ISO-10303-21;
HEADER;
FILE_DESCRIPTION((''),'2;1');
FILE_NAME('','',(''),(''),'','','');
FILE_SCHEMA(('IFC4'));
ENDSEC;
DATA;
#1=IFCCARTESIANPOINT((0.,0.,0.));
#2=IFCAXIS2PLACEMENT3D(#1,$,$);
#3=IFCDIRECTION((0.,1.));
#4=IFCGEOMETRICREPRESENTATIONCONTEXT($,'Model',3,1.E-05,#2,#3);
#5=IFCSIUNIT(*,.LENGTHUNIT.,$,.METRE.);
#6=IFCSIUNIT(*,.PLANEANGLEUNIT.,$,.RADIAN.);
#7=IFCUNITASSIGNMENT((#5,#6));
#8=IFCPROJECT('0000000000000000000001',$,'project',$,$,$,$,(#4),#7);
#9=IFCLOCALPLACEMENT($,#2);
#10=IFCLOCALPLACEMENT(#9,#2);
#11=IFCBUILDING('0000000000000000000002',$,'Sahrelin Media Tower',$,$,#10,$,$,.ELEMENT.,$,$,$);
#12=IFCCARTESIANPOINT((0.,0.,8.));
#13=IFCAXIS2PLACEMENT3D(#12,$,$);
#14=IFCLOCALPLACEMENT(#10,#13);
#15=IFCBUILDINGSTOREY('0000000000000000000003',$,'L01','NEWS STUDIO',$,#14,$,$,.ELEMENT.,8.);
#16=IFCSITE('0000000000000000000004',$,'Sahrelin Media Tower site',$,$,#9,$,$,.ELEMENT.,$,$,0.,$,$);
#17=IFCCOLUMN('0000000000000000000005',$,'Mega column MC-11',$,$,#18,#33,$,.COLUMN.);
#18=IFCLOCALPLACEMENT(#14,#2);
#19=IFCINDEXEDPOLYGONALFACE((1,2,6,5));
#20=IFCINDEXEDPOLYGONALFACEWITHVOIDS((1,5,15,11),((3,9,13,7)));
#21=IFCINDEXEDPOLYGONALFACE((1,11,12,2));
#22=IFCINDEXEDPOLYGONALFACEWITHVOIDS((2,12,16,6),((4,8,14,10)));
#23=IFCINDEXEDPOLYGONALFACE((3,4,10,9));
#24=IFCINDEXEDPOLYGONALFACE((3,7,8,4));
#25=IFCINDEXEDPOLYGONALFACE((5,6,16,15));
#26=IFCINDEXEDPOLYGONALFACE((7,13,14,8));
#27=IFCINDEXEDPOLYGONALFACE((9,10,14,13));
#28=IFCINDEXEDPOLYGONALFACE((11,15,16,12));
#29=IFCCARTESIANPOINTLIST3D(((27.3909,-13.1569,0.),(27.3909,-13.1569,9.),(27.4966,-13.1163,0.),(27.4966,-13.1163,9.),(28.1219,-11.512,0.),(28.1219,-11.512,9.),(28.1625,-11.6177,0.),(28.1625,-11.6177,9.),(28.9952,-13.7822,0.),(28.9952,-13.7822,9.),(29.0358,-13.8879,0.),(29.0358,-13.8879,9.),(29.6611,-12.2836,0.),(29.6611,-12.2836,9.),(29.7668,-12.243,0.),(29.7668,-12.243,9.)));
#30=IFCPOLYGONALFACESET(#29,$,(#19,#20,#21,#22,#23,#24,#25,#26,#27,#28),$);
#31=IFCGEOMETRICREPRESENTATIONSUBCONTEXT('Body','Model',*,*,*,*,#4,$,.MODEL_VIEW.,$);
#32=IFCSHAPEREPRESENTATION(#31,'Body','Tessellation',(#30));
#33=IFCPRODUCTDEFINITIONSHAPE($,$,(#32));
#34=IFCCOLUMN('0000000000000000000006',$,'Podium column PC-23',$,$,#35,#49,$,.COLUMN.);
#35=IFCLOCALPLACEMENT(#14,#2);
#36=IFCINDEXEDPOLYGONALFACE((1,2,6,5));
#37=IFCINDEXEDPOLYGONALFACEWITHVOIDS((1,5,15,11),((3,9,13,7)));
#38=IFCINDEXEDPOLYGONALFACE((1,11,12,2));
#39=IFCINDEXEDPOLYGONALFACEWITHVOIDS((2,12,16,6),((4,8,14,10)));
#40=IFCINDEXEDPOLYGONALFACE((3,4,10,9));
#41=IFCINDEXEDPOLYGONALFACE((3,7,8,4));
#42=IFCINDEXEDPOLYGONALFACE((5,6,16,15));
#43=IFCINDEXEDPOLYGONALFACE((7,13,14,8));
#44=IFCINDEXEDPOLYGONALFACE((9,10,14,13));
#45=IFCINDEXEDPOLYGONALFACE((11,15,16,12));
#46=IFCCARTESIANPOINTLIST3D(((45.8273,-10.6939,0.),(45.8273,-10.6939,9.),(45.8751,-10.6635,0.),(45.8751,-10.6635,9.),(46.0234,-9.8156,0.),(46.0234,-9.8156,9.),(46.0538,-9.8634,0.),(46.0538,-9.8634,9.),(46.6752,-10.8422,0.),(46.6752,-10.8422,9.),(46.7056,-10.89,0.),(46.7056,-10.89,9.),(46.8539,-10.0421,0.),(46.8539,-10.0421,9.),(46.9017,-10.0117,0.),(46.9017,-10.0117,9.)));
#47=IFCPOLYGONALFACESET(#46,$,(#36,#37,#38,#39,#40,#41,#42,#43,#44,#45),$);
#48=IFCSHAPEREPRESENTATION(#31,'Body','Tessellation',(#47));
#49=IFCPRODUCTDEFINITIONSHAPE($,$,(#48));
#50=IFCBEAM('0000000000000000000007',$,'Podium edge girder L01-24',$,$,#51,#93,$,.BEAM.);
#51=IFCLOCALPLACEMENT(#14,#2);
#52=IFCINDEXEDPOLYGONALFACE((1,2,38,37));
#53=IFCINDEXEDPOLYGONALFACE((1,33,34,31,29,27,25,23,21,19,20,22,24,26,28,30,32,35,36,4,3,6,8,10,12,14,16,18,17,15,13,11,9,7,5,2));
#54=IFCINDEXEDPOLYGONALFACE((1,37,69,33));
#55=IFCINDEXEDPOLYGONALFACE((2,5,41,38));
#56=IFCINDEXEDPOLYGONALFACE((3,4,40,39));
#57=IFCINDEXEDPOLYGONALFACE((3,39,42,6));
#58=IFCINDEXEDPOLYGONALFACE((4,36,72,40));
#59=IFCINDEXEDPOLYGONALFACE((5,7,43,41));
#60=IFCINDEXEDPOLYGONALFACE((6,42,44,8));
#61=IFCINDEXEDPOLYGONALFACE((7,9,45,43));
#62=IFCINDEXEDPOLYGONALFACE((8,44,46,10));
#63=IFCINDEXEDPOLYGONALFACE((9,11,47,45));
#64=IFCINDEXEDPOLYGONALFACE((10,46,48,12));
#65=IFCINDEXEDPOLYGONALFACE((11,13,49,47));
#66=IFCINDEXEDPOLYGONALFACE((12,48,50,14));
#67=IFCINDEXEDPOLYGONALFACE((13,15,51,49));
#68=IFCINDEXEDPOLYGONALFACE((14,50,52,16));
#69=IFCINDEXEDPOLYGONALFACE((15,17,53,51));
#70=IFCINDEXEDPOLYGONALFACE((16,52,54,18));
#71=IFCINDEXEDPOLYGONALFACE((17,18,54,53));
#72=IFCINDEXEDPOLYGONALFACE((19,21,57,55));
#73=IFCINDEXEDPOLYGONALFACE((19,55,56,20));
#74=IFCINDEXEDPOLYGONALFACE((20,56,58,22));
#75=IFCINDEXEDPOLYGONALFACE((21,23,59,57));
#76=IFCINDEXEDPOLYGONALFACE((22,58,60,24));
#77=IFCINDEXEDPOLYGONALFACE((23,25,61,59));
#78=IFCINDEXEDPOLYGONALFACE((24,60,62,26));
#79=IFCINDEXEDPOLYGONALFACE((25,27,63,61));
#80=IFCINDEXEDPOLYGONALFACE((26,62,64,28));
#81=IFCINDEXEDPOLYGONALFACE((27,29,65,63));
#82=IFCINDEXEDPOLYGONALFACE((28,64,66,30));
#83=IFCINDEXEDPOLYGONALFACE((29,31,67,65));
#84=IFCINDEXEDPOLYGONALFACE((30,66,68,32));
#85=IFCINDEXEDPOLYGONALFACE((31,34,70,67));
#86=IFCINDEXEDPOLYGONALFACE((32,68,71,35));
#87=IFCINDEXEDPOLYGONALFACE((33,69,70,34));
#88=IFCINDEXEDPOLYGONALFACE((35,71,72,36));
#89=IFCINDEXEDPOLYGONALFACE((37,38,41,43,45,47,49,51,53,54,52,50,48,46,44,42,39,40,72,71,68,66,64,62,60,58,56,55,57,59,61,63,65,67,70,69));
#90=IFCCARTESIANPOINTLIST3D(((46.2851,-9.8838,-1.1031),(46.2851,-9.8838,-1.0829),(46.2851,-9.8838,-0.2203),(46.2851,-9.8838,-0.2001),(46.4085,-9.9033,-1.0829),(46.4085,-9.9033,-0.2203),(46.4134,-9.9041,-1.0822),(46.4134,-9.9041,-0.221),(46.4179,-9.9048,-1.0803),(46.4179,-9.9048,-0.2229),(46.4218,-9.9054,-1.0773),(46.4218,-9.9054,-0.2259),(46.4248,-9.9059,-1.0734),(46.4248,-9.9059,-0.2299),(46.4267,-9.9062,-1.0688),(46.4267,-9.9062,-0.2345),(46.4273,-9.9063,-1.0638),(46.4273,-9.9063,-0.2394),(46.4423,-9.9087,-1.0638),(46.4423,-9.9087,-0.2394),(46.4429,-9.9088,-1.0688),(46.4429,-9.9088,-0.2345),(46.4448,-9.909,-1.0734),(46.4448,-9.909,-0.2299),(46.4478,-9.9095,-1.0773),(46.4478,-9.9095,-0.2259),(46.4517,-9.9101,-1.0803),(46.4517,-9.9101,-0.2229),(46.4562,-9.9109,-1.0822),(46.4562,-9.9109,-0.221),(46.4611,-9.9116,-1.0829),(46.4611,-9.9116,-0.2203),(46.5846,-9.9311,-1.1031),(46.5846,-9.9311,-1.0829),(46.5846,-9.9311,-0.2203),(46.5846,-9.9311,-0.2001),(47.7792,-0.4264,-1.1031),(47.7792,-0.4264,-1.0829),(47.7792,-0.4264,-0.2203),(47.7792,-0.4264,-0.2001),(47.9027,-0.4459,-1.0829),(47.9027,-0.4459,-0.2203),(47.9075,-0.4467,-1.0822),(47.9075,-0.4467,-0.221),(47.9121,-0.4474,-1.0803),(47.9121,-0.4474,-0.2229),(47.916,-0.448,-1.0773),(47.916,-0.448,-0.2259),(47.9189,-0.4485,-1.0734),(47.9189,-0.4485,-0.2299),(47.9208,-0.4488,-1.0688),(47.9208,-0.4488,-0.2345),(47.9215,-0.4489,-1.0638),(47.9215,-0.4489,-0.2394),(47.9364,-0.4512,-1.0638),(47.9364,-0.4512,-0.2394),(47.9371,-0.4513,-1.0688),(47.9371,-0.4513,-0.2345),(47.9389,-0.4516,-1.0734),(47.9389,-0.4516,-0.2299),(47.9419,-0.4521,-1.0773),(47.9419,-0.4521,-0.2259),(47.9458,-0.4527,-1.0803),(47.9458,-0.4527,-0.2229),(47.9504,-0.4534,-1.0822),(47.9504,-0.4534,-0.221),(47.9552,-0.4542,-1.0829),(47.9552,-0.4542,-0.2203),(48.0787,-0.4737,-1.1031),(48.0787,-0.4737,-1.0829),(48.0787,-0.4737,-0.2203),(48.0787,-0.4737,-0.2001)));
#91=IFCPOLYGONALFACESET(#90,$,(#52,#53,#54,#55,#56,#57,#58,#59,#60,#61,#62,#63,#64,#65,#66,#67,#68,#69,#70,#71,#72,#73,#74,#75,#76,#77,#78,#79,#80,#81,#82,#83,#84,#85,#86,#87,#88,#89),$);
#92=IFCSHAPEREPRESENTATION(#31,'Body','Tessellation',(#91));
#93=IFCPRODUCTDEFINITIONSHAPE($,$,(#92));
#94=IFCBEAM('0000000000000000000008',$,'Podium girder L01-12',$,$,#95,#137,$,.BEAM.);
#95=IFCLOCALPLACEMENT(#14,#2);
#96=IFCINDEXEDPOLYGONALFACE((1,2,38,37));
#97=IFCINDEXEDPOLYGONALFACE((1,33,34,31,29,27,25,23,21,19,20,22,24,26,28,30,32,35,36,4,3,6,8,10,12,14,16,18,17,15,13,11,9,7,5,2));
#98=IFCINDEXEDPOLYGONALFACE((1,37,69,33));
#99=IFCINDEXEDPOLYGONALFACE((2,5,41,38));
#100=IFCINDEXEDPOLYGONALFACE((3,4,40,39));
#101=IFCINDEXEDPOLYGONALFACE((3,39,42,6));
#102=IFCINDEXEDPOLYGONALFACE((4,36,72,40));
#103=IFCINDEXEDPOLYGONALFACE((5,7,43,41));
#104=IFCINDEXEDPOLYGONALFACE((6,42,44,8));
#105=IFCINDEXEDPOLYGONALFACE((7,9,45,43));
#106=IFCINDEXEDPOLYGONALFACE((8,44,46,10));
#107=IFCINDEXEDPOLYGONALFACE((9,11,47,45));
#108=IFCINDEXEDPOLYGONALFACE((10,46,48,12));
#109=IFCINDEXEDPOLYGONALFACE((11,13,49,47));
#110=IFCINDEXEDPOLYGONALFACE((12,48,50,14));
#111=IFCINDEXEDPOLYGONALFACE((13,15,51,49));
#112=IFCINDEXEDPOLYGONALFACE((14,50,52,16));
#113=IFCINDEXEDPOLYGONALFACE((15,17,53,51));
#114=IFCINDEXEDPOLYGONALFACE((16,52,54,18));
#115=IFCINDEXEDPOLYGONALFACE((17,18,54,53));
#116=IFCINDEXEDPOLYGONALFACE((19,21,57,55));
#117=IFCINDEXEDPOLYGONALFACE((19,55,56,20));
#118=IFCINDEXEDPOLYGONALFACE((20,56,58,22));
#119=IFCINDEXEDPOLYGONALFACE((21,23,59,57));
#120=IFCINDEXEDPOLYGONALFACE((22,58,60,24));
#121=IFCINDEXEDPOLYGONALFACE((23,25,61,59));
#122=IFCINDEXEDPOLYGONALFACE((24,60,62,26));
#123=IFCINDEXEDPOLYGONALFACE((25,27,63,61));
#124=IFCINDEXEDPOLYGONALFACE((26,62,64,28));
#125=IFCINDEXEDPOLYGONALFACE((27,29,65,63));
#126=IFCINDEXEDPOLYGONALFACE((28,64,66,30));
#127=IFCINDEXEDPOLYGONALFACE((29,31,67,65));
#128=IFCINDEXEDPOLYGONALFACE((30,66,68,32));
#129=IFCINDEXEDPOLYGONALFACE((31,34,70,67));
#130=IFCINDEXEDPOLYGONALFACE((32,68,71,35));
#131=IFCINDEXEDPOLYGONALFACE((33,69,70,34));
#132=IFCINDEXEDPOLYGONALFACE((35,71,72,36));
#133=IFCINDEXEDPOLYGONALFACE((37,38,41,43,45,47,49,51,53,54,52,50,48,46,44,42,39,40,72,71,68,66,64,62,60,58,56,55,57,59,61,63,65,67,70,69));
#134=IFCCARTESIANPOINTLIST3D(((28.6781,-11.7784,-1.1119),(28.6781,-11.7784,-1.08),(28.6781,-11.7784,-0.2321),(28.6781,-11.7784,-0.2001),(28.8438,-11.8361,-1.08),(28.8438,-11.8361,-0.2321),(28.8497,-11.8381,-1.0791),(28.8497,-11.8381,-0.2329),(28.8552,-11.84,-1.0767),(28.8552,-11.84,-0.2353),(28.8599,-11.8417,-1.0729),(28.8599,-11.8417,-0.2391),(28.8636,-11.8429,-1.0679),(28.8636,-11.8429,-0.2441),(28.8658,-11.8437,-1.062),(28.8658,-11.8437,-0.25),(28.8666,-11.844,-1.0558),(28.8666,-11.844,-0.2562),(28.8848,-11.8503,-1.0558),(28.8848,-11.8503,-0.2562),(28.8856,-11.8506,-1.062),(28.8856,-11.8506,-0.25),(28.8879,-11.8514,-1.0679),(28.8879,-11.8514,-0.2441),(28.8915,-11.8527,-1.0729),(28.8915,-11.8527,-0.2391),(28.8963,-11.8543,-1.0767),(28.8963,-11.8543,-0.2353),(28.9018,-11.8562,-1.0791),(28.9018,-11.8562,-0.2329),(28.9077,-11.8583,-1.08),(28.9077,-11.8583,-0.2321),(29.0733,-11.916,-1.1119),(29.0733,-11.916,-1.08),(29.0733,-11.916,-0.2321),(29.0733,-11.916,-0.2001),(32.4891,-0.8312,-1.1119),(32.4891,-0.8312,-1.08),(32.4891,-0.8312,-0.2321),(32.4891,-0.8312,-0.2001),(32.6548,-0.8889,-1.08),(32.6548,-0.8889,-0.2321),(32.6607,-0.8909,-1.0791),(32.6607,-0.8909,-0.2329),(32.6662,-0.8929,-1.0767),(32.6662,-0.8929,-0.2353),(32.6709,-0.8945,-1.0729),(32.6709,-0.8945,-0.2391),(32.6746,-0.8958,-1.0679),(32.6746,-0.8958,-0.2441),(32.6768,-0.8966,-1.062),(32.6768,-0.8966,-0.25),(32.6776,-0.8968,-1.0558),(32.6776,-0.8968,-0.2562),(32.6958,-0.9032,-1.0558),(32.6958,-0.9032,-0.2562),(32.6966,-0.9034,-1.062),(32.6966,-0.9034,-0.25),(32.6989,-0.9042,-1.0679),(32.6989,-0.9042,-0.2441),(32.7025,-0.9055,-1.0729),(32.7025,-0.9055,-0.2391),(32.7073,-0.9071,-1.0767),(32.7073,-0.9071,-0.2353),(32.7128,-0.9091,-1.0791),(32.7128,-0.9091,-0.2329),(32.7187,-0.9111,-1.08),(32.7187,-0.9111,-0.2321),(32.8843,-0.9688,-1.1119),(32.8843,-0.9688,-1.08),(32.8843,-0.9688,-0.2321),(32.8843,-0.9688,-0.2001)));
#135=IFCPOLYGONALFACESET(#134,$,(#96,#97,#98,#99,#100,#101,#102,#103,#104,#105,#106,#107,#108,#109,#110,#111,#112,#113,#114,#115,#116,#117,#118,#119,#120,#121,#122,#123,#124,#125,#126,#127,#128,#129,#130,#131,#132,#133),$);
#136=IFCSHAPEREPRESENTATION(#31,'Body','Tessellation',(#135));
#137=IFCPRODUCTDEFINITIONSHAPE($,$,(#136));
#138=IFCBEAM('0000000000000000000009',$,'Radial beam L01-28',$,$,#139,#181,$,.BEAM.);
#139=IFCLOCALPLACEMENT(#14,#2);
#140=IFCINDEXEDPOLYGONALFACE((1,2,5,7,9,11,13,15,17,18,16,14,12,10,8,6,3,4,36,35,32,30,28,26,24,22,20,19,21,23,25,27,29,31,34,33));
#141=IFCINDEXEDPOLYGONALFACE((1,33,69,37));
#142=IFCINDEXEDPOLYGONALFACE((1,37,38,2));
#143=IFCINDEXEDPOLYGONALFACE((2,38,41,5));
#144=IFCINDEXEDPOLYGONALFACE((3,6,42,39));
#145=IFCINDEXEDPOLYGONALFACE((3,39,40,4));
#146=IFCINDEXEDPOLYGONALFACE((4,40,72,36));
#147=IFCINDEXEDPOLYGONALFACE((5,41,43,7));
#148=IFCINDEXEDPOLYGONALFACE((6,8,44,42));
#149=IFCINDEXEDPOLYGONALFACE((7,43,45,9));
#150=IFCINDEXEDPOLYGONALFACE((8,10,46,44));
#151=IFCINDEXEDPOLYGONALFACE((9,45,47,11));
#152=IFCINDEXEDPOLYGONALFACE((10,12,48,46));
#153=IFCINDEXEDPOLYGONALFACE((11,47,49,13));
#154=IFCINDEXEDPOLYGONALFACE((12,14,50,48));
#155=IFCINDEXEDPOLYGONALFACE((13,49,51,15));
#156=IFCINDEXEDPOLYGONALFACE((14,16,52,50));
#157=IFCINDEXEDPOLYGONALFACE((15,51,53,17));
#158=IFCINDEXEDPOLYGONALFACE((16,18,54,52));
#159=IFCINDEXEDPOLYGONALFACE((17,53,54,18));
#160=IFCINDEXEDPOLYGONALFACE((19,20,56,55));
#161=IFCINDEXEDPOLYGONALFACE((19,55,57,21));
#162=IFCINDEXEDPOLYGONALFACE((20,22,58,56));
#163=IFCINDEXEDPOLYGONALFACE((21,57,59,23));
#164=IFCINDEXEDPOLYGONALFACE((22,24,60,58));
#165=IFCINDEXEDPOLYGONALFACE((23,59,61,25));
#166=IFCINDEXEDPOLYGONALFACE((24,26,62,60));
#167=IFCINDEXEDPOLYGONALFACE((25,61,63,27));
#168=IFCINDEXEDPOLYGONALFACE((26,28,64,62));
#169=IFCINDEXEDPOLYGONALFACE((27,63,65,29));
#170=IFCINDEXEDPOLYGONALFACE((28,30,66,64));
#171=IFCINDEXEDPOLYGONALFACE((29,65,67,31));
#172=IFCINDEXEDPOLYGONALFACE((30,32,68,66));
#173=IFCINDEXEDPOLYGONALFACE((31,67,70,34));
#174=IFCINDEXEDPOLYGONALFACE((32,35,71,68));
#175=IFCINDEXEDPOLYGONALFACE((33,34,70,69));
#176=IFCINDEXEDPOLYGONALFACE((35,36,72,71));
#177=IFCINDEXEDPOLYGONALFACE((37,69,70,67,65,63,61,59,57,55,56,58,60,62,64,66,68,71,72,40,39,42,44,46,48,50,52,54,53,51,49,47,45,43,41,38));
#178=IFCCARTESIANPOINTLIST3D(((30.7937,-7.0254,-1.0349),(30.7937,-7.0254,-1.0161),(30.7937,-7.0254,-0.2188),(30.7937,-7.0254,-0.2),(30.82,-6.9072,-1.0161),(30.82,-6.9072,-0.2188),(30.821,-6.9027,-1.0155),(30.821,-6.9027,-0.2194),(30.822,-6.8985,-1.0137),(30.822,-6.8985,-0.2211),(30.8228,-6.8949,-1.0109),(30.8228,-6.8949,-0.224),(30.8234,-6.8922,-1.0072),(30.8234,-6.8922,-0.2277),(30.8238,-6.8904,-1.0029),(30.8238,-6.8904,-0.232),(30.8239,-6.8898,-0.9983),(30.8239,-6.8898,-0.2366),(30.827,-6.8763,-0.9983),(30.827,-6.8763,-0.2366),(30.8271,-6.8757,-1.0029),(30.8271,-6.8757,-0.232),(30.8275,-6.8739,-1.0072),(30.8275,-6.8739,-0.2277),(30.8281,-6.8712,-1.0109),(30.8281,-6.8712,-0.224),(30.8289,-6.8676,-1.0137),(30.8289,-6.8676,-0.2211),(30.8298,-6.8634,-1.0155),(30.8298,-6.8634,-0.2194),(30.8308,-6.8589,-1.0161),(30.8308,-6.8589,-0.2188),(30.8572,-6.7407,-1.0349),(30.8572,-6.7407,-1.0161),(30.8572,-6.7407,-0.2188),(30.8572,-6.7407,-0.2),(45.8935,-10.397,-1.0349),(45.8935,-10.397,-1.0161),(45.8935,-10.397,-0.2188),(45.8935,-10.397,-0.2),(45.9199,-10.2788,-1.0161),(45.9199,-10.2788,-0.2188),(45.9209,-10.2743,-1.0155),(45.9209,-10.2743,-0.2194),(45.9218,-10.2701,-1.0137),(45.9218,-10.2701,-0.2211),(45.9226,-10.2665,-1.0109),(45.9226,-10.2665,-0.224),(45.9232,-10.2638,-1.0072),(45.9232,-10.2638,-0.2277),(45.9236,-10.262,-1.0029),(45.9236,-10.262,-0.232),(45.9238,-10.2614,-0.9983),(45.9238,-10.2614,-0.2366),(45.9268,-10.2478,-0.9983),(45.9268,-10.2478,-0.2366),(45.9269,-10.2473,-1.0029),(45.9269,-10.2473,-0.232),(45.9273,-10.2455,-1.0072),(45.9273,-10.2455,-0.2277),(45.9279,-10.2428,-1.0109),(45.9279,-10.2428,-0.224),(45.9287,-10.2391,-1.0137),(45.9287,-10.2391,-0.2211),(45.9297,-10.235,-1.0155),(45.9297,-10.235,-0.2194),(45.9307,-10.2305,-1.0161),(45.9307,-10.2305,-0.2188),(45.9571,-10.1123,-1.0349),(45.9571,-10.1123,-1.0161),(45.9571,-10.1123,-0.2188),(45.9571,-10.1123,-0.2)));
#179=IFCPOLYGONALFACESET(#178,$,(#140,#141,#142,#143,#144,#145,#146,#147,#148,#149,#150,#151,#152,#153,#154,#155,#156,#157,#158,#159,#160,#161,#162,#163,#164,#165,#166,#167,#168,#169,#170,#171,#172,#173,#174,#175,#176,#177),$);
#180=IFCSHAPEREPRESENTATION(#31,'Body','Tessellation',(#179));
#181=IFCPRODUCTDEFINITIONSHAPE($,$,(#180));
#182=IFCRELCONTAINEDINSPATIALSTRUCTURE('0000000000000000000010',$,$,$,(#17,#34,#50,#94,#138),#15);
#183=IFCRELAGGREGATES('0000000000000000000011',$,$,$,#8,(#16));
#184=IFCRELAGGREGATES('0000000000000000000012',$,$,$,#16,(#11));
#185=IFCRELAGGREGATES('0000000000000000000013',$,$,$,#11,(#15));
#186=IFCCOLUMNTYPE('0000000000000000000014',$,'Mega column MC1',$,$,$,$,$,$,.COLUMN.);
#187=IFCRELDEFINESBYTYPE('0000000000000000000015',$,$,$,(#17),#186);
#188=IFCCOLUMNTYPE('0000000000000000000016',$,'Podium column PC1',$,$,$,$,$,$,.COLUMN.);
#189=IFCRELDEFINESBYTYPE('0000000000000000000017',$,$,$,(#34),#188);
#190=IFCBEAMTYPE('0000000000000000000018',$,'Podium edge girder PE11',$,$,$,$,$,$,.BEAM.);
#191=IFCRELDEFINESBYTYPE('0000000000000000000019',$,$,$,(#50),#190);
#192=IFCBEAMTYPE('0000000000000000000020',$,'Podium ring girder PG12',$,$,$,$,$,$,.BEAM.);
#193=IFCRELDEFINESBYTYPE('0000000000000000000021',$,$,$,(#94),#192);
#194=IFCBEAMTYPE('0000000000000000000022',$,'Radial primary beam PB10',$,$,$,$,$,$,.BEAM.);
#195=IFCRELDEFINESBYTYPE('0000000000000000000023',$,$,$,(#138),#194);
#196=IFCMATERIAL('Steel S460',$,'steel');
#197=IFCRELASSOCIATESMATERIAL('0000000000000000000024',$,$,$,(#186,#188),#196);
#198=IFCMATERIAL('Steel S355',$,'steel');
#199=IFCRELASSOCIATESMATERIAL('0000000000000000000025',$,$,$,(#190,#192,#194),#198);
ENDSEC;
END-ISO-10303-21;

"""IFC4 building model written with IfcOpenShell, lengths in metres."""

from ifc_helpers import new_model, si_unit, direction, frame, origin, origin_2d, place, context, subcontext, project, spatial, hollow_rectangle, i_section, extrude, material, material_profile, profile_set, type_object, element, save


model = new_model("IFC4")

# Units and contexts
model_context = context("Model", 3, precision=1e-05, world=origin(), true_north=direction((0.0, 1.0)))
body_context = subcontext(model_context, "Body", "Model", "MODEL_VIEW")
ifc_project = project(units=[si_unit("LENGTHUNIT", "METRE"), si_unit("PLANEANGLEUNIT", "RADIAN")], contexts=[model_context])

# Site, building, storey
site_placement = place(None, origin())
site = spatial("IfcSite", under=ifc_project, at=site_placement, Name="Sahrelin Media Tower site", CompositionType="ELEMENT", RefElevation=0.0)
building_placement = place(site_placement, origin())
building = spatial("IfcBuilding", under=site, at=building_placement, Name="Sahrelin Media Tower", CompositionType="ELEMENT")
storey_placement = place(building_placement, frame((0.0, 0.0, 8.0)))
storey = spatial("IfcBuildingStorey", under=building, at=storey_placement, Name="L01", Description="NEWS STUDIO", CompositionType="ELEMENT", Elevation=8.0)

# Columns
ifc_material_1 = material(Name="Steel S460", Category="steel")
ifc_material_profile_1 = material_profile(ifc_material_1, hollow_rectangle(XDim=1.8, YDim=1.8, WallThickness=0.0801, at=origin_2d()), Name="Mega column MC1")
ifc_profile_set_1 = profile_set([ifc_material_profile_1], Name="Steel S460")
column_type_1 = type_object("IfcColumnType", Name="Mega column MC1", PredefinedType="COLUMN", material=ifc_profile_set_1)
column_1_placement = place(storey_placement, frame((28.5789, -12.7, 0.0), z_axis=(0.0, 0.0, 1.0), x_axis=(0.913831, -0.406094, 0.0)))
element("IfcColumn", 1, at=column_1_placement, inside=storey, type_object=column_type_1, Name="Mega column MC-11", PredefinedType="COLUMN", context=body_context, shape_type="SweptSolid", body=[
    extrude(hollow_rectangle(XDim=1.8, YDim=1.8, WallThickness=0.0801, at=origin_2d()), origin(), (0.0, 0.0, 1.0), 9.0),
])
ifc_material_profile_2 = material_profile(ifc_material_1, hollow_rectangle(XDim=0.8999, YDim=0.8999, WallThickness=0.04, at=origin_2d()), Name="Podium column PC1")
ifc_profile_set_2 = profile_set([ifc_material_profile_2], Name="Steel S460")
column_type_2 = type_object("IfcColumnType", Name="Podium column PC1", PredefinedType="COLUMN", material=ifc_profile_set_2)
column_2_placement = place(storey_placement, frame((46.3645, -10.3528, 0.0), z_axis=(0.0, 0.0, 1.0), x_axis=(0.975965, -0.217925, 0.0)))
element("IfcColumn", 2, at=column_2_placement, inside=storey, type_object=column_type_2, Name="Podium column PC-23", PredefinedType="COLUMN", context=body_context, shape_type="SweptSolid", body=[
    extrude(hollow_rectangle(XDim=0.8999, YDim=0.8999, WallThickness=0.04, at=origin_2d()), origin(), (0.0, 0.0, 1.0), 9.0),
])

# Beams
ifc_material_2 = material(Name="Steel S355", Category="steel")
ifc_material_profile_3 = material_profile(ifc_material_2, i_section(OverallWidth=0.3032, OverallDepth=0.9031, WebThickness=0.0151, FlangeThickness=0.0203, FilletRadius=0.019, at=origin_2d()), Name="UB 914x305x201")
ifc_profile_set_3 = profile_set([ifc_material_profile_3], Name="Steel S355")
beam_type_1 = type_object("IfcBeamType", Name="Podium edge girder PE11", PredefinedType="BEAM", material=ifc_profile_set_3)
beam_1_placement = place(storey_placement, frame((46.4348, -9.9075, -0.6516), z_axis=(0.156049, 0.987749, 0.0), x_axis=(-0.987749, 0.156049, 0.0)))
element("IfcBeam", 3, at=beam_1_placement, inside=storey, type_object=beam_type_1, Name="Podium edge girder L01-24", PredefinedType="BEAM", context=body_context, shape_type="SweptSolid", body=[
    extrude(i_section(OverallWidth=0.3032, OverallDepth=0.9031, WebThickness=0.0151, FlangeThickness=0.0203, FilletRadius=0.019, at=origin_2d()), origin(), (0.0, 0.0, 1.0), 9.5747),
])
ifc_material_profile_4 = material_profile(ifc_material_2, i_section(OverallWidth=0.4185, OverallDepth=0.9119, WebThickness=0.0193, FlangeThickness=0.032, FilletRadius=0.0242, at=origin_2d()), Name="UB 914x419x343")
ifc_profile_set_4 = profile_set([ifc_material_profile_4], Name="Steel S355")
beam_type_2 = type_object("IfcBeamType", Name="Podium ring girder PG12", PredefinedType="BEAM", material=ifc_profile_set_4)
beam_2_placement = place(storey_placement, frame((28.8757, -11.8472, -0.656), z_axis=(0.328774, 0.944409, 0.0), x_axis=(-0.944409, 0.328774, 0.0)))
element("IfcBeam", 4, at=beam_2_placement, inside=storey, type_object=beam_type_2, Name="Podium girder L01-12", PredefinedType="BEAM", context=body_context, shape_type="SweptSolid", body=[
    extrude(i_section(OverallWidth=0.4185, OverallDepth=0.9119, WebThickness=0.0193, FlangeThickness=0.032, FilletRadius=0.0242, at=origin_2d()), origin(), (0.0, 0.0, 1.0), 11.5916),
])
ifc_material_profile_5 = material_profile(ifc_material_2, i_section(OverallWidth=0.2917, OverallDepth=0.835, WebThickness=0.0139, FlangeThickness=0.0188, FilletRadius=0.0178, at=origin_2d()), Name="UB 838x292x176")
ifc_profile_set_5 = profile_set([ifc_material_profile_5], Name="Steel S355")
beam_type_3 = type_object("IfcBeamType", Name="Radial primary beam PB10", PredefinedType="BEAM", material=ifc_profile_set_5)
beam_3_placement = place(storey_placement, frame((30.8254, -6.8831, -0.6174), z_axis=(0.975967, -0.217919, 0.0), x_axis=(0.217919, 0.975967, 0.0)))
element("IfcBeam", 5, at=beam_3_placement, inside=storey, type_object=beam_type_3, Name="Radial beam L01-28", PredefinedType="BEAM", context=body_context, shape_type="SweptSolid", body=[
    extrude(i_section(OverallWidth=0.2917, OverallDepth=0.835, WebThickness=0.0139, FlangeThickness=0.0188, FilletRadius=0.0178, at=origin_2d()), origin(), (0.0, 0.0, 1.0), 15.4717),
])

save(model, "model.ifc")
